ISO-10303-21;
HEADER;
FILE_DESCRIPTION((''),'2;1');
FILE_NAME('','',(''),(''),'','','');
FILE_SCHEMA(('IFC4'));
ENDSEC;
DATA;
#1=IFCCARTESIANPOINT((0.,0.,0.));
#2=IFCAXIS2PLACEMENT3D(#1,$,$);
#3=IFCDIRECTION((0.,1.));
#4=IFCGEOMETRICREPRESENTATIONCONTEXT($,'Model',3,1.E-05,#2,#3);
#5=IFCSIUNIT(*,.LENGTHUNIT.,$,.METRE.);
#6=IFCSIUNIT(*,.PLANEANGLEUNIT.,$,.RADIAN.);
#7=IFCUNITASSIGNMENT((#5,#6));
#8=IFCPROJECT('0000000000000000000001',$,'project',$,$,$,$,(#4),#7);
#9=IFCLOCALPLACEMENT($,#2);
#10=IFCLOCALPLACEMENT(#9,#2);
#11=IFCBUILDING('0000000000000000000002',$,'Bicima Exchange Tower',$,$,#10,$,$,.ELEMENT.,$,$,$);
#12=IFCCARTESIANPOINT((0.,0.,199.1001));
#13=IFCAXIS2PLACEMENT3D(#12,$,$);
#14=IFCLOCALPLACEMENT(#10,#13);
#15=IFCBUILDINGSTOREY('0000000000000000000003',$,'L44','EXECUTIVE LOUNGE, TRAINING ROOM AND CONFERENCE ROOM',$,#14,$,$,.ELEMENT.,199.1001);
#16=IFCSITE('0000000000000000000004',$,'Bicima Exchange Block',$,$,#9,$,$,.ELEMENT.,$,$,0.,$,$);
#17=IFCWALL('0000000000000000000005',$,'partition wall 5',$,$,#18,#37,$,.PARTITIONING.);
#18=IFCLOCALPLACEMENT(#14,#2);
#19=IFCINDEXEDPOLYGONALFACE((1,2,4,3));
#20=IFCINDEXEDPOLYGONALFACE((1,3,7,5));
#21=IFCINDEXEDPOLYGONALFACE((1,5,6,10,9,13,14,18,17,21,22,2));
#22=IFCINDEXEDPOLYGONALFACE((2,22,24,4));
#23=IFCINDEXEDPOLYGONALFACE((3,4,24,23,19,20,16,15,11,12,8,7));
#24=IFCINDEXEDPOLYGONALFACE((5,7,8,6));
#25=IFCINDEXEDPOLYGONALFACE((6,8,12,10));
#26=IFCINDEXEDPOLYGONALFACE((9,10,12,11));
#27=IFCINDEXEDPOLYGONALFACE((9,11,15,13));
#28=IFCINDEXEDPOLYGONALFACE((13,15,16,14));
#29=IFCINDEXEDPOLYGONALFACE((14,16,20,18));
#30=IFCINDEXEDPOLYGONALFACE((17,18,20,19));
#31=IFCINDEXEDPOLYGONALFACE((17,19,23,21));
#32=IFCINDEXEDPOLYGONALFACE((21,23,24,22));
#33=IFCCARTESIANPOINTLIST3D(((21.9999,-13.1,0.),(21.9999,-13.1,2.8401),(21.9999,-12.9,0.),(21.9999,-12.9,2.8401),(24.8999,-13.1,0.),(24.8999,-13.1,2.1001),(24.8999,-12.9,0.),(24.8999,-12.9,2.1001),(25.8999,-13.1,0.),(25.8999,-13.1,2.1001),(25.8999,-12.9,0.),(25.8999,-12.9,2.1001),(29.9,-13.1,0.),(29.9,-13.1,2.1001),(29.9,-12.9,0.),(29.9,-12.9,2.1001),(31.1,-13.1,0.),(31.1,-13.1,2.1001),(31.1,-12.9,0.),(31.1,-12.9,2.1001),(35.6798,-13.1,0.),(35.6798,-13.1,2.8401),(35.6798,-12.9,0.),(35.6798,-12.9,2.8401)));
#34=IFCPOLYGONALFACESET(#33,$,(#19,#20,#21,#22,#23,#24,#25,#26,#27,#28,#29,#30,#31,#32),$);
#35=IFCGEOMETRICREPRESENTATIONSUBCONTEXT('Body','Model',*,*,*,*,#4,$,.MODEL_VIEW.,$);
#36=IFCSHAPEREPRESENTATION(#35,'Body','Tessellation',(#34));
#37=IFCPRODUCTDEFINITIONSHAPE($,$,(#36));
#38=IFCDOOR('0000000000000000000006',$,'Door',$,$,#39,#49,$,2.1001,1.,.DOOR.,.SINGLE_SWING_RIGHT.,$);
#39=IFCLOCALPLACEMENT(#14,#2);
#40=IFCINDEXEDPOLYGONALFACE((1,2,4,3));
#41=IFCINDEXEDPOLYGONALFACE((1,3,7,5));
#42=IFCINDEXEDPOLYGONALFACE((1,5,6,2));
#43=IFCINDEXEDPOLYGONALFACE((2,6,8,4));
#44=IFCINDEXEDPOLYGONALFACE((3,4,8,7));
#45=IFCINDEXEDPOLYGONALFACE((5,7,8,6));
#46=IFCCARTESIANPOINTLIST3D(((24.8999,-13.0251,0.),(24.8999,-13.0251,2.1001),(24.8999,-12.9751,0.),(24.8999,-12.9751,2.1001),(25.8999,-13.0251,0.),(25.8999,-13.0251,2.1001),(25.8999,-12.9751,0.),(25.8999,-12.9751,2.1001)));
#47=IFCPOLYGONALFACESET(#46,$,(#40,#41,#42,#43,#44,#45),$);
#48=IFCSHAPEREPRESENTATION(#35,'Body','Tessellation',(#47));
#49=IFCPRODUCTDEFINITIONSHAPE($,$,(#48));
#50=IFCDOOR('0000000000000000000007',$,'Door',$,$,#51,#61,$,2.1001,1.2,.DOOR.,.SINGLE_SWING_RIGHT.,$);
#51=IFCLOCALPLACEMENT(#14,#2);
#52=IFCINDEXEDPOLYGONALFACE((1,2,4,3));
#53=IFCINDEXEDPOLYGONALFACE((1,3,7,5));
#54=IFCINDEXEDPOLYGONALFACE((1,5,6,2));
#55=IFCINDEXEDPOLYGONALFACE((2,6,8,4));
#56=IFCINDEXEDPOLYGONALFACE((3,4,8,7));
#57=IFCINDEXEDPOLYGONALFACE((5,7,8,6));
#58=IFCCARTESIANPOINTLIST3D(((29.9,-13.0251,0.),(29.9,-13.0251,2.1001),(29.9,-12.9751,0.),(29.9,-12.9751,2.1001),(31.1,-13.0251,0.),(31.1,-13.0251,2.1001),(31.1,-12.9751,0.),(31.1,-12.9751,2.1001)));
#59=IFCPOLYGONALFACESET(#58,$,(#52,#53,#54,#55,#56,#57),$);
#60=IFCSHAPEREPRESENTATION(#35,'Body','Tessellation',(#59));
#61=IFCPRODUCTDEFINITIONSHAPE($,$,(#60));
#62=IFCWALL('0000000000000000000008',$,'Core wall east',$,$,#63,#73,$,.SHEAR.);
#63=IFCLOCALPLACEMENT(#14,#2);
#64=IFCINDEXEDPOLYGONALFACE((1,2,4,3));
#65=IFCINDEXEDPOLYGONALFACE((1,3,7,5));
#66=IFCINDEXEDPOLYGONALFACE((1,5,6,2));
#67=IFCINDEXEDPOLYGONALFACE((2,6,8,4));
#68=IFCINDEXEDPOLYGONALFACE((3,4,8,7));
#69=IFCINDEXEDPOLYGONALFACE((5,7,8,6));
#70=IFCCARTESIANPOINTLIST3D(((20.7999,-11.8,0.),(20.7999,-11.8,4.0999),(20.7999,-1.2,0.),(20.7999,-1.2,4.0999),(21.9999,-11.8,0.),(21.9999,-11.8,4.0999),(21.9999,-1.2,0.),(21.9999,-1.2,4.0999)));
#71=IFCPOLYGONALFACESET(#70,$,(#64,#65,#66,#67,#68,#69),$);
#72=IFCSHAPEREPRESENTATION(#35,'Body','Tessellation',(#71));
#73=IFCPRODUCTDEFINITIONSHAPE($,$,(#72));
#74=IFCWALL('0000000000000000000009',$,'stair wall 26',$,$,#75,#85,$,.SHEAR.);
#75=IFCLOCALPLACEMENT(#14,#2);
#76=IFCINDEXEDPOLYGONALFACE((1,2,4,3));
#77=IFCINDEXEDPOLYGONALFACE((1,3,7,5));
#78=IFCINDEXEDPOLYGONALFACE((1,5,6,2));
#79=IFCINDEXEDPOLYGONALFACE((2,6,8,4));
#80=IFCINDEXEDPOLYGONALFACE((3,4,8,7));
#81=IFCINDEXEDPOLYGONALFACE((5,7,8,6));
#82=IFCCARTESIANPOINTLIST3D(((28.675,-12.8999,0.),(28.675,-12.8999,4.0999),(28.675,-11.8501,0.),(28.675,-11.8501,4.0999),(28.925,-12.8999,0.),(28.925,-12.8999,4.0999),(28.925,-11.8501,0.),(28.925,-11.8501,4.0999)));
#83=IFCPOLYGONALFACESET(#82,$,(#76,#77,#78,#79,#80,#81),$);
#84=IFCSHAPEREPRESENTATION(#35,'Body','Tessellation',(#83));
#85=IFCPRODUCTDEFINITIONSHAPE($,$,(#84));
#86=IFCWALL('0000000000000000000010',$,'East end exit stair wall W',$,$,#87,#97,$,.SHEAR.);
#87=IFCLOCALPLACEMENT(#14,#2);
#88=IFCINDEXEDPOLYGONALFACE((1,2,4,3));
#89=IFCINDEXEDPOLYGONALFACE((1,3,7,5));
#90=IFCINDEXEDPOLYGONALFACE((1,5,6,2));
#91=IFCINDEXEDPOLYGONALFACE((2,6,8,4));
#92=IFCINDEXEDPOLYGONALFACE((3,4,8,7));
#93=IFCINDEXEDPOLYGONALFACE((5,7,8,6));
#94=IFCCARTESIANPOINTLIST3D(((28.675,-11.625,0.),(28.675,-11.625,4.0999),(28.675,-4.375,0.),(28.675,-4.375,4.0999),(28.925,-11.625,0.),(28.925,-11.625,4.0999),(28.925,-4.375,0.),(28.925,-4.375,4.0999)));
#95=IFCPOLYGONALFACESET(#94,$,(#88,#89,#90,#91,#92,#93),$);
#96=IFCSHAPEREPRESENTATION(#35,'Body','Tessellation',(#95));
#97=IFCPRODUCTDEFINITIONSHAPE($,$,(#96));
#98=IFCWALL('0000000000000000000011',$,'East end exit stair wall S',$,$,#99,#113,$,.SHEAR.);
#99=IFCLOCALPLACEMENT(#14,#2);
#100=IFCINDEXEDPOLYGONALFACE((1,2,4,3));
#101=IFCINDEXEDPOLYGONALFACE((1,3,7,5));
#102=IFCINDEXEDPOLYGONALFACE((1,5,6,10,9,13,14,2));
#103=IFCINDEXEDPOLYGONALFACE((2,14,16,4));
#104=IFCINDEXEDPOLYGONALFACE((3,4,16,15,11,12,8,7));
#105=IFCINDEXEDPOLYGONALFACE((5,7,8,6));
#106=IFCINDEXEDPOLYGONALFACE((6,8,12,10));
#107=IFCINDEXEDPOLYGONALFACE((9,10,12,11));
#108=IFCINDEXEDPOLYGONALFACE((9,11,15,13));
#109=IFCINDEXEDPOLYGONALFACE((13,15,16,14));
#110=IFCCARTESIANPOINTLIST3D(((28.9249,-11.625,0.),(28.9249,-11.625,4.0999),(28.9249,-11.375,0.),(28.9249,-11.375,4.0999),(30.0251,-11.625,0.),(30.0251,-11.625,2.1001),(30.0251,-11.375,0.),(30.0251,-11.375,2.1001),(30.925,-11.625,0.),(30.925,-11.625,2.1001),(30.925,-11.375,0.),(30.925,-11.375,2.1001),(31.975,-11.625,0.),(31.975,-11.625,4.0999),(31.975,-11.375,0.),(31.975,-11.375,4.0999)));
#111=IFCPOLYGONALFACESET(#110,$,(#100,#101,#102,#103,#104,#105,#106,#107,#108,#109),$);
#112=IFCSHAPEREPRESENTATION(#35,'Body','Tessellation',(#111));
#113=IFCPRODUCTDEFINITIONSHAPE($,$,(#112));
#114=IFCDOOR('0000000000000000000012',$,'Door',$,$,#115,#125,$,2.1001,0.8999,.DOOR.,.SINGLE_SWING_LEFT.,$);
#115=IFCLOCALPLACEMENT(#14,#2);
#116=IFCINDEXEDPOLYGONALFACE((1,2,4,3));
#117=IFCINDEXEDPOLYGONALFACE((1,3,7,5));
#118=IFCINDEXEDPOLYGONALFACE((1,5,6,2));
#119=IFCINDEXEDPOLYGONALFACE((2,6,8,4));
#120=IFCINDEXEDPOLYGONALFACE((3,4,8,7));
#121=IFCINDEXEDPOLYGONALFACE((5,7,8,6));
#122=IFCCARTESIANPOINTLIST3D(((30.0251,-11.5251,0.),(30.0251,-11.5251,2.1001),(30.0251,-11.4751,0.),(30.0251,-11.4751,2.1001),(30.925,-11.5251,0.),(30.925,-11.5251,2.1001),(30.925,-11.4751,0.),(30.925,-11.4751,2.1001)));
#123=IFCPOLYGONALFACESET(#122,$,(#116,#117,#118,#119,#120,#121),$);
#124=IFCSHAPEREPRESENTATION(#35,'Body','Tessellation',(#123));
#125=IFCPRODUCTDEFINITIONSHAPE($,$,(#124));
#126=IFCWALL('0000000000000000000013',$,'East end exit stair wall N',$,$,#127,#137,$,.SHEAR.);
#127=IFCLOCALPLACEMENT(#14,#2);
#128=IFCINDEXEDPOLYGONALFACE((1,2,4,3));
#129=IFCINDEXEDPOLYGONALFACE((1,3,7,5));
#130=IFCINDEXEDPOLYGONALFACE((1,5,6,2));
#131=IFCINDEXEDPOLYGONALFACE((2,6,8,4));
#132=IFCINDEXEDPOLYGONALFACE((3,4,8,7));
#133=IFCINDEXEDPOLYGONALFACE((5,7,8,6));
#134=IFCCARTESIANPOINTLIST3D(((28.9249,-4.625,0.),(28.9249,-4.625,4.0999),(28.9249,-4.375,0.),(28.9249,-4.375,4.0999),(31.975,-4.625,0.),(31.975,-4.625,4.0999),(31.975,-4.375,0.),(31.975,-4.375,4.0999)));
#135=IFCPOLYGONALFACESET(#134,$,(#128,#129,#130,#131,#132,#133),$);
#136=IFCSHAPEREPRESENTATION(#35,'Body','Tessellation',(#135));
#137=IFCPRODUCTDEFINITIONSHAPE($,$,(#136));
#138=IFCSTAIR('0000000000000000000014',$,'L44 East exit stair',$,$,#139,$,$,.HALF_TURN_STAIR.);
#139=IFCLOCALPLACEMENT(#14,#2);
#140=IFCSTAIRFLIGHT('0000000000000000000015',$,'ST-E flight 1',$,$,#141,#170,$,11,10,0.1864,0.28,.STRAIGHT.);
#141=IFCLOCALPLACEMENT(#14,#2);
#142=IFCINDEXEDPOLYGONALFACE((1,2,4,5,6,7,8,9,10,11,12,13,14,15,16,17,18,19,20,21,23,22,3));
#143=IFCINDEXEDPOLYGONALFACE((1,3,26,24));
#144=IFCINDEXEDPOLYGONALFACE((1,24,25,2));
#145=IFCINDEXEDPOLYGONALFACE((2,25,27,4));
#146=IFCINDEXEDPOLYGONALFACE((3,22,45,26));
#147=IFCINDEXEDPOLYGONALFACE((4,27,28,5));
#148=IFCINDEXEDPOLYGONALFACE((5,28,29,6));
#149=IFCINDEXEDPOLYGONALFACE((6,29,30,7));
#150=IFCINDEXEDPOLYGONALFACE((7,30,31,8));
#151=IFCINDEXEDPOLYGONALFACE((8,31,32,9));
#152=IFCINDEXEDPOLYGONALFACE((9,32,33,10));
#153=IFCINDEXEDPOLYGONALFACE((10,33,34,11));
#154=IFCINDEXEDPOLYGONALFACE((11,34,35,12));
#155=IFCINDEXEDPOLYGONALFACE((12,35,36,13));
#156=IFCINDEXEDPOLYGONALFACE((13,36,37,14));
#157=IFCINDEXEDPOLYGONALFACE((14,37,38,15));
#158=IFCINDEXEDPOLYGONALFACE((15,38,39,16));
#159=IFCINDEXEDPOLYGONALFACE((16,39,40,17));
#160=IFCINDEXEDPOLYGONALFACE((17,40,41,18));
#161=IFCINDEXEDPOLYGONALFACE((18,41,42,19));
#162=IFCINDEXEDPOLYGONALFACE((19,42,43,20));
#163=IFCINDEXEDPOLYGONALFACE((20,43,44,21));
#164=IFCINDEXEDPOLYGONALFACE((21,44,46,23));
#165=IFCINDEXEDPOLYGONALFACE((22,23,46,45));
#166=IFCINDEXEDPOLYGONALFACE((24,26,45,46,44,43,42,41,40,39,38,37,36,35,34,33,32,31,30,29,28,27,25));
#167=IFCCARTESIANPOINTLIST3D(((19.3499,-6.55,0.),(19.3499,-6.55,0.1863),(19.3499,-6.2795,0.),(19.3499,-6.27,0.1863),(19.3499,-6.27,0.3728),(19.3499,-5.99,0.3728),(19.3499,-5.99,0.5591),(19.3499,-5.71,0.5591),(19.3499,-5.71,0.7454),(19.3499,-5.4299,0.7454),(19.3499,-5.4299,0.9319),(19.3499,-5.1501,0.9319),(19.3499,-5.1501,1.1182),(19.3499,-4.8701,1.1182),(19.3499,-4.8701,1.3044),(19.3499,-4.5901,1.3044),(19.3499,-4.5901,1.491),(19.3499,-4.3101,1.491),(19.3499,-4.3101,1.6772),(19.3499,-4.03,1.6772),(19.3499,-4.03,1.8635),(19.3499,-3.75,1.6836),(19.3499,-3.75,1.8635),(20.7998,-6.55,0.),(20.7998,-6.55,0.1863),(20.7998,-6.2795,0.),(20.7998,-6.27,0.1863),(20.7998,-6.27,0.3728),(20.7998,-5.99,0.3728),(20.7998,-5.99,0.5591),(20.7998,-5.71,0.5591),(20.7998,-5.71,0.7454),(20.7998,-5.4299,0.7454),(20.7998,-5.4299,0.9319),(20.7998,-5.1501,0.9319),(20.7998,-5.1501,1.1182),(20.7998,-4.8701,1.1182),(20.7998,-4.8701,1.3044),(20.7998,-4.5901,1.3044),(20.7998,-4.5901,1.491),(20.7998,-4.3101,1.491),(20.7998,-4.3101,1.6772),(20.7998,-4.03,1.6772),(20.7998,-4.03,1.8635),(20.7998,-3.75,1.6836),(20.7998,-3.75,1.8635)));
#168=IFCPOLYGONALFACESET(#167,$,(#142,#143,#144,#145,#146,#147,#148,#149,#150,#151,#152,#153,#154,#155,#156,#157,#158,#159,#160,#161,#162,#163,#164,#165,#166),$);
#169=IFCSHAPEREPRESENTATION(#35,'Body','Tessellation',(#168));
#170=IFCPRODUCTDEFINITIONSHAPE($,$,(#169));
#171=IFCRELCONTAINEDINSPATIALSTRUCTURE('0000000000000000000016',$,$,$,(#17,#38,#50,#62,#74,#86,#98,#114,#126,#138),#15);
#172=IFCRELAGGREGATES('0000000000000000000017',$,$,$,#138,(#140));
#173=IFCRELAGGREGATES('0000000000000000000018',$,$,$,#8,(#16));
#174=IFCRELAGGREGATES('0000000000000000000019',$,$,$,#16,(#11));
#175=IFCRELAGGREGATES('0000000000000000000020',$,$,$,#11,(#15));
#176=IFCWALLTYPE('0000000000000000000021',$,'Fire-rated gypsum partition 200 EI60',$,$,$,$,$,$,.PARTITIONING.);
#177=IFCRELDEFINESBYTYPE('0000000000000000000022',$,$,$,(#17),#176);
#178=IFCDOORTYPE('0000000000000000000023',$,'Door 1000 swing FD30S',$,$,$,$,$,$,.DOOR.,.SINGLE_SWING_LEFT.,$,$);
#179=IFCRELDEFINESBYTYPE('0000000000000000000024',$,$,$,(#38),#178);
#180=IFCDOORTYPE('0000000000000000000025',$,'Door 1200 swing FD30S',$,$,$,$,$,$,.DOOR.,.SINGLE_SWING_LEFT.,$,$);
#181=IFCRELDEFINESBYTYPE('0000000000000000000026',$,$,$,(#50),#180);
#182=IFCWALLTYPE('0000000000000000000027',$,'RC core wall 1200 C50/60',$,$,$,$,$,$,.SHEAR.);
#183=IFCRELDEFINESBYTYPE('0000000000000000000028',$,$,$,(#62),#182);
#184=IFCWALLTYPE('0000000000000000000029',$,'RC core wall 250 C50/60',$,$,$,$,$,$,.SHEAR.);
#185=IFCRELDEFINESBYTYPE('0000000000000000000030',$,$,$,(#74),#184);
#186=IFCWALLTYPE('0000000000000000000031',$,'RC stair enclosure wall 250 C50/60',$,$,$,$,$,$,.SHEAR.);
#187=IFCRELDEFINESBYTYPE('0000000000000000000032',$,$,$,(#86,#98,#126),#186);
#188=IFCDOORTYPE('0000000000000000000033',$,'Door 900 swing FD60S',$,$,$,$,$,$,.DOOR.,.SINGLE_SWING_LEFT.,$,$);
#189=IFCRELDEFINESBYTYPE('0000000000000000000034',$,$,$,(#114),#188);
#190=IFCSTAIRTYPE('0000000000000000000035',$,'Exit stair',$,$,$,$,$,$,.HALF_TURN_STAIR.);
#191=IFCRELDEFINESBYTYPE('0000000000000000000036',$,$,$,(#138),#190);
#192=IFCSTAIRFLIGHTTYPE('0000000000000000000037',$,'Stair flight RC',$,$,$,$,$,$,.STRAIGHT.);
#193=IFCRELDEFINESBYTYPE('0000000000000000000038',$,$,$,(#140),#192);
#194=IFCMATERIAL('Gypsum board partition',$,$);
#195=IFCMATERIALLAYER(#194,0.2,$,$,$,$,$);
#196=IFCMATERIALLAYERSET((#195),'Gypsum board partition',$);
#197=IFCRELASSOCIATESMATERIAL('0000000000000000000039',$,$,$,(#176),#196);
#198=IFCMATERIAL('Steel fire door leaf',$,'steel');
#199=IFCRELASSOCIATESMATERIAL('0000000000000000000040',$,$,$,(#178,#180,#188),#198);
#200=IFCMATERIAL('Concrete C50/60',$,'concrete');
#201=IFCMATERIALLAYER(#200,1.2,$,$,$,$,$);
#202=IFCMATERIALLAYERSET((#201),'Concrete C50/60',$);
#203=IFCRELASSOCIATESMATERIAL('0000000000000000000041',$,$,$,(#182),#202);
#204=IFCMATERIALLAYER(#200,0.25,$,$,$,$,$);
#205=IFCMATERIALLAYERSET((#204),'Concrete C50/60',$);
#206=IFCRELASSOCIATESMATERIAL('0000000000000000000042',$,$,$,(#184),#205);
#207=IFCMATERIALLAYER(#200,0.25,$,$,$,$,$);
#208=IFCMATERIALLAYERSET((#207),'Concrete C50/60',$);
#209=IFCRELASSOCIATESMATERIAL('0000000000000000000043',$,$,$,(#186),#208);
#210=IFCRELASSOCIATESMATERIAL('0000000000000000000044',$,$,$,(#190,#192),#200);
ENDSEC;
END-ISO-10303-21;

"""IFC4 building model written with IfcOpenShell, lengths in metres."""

from ifc_helpers import new_model, si_unit, direction, frame, frame_2d, origin, place, context, subcontext, project, spatial, polyline, rectangle, outline, extrude, material, layer, layer_set, type_object, element, fill, aggregate, save


model = new_model("IFC4")

# Units and contexts
model_context = context("Model", 3, precision=1e-05, world=origin(), true_north=direction((0.0, 1.0)))
body_context = subcontext(model_context, "Body", "Model", "MODEL_VIEW")
ifc_project = project(units=[si_unit("LENGTHUNIT", "METRE"), si_unit("PLANEANGLEUNIT", "RADIAN")], contexts=[model_context])

# Site, building, storey
site_placement = place(None, origin())
site = spatial("IfcSite", under=ifc_project, at=site_placement, Name="Bicima Exchange Block", CompositionType="ELEMENT", RefElevation=0.0)
building_placement = place(site_placement, origin())
building = spatial("IfcBuilding", under=site, at=building_placement, Name="Bicima Exchange Tower", CompositionType="ELEMENT")
storey_placement = place(building_placement, frame((0.0, 0.0, 199.1001)))
storey = spatial("IfcBuildingStorey", under=building, at=storey_placement, Name="L44", Description="EXECUTIVE LOUNGE, TRAINING ROOM AND CONFERENCE ROOM", CompositionType="ELEMENT", Elevation=199.1001)

# Wall, openings, doors
ifc_material_1 = material(Name="Gypsum board partition")
ifc_layer_1 = layer(ifc_material_1, 0.2)
ifc_layer_set_1 = layer_set([ifc_layer_1], Name="Gypsum board partition")
wall_type_1 = type_object("IfcWallType", Name="Fire-rated gypsum partition 200 EI60", PredefinedType="PARTITIONING", material=ifc_layer_set_1)
wall_1_placement = place(storey_placement, frame((22.0, -13.0, 0.0), z_axis=(0.0, 0.0, 1.0), x_axis=(1.0, 0.0, 0.0)))
wall_1 = element("IfcWall", 1, at=wall_1_placement, inside=storey, type_object=wall_type_1, Name="partition wall 5", PredefinedType="PARTITIONING", context=body_context, shape_type="SweptSolid", body=[
    extrude(rectangle(XDim=13.6799, YDim=0.2, at=frame_2d((6.8398, 0.0))), origin(), (0.0, 0.0, 1.0), 2.8401),
])
opening_1_placement = place(wall_1_placement, frame((7.8999, 0.0, 0.0)))
opening_1 = element("IfcOpeningElement", 2, at=opening_1_placement, cuts=wall_1, PredefinedType="OPENING", context=body_context, shape_type="SweptSolid", body=[
    extrude(rectangle(XDim=1.2, YDim=2.1001, at=frame_2d((0.6001, 1.05))), frame((0.0, 0.1118, 0.0), z_axis=(0.0, -1.0, 0.0), x_axis=(1.0, 0.0, 0.0)), (0.0, 0.0, 1.0), 0.2239),
])
opening_2_placement = place(wall_1_placement, frame((2.8999, 0.0, 0.0)))
opening_2 = element("IfcOpeningElement", 3, at=opening_2_placement, cuts=wall_1, PredefinedType="OPENING", context=body_context, shape_type="SweptSolid", body=[
    extrude(rectangle(XDim=1.0, YDim=2.1001, at=frame_2d((0.5, 1.05))), frame((0.0, 0.1118, 0.0), z_axis=(0.0, -1.0, 0.0), x_axis=(1.0, 0.0, 0.0)), (0.0, 0.0, 1.0), 0.2239),
])
ifc_material_2 = material(Name="Steel fire door leaf", Category="steel")
door_type_1 = type_object("IfcDoorType", Name="Door 1000 swing FD30S", OperationType="SINGLE_SWING_LEFT", PredefinedType="DOOR", material=ifc_material_2)
door_1_placement = place(opening_2_placement, origin())
door_1 = element("IfcDoor", 4, at=door_1_placement, inside=storey, type_object=door_type_1, Name="Door", OperationType="SINGLE_SWING_RIGHT", OverallHeight=2.1001, OverallWidth=1.0, PredefinedType="DOOR", context=body_context, shape_type="SweptSolid", body=[
    extrude(rectangle(XDim=1.0, YDim=2.1001, at=frame_2d((0.5, 1.05))), frame((0.0, 0.0249, 0.0), z_axis=(0.0, -1.0, 0.0), x_axis=(1.0, 0.0, 0.0)), (0.0, 0.0, 1.0), 0.05),
])
fill(opening_2, door_1)
door_type_2 = type_object("IfcDoorType", Name="Door 1200 swing FD30S", OperationType="SINGLE_SWING_LEFT", PredefinedType="DOOR", material=ifc_material_2)
door_2_placement = place(opening_1_placement, origin())
door_2 = element("IfcDoor", 5, at=door_2_placement, inside=storey, type_object=door_type_2, Name="Door", OperationType="SINGLE_SWING_RIGHT", OverallHeight=2.1001, OverallWidth=1.2, PredefinedType="DOOR", context=body_context, shape_type="SweptSolid", body=[
    extrude(rectangle(XDim=1.2, YDim=2.1001, at=frame_2d((0.6001, 1.05))), frame((0.0, 0.0249, 0.0), z_axis=(0.0, -1.0, 0.0), x_axis=(1.0, 0.0, 0.0)), (0.0, 0.0, 1.0), 0.05),
])
fill(opening_1, door_2)

# Walls
ifc_material_3 = material(Name="Concrete C50/60", Category="concrete")
ifc_layer_2 = layer(ifc_material_3, 1.2)
ifc_layer_set_2 = layer_set([ifc_layer_2], Name="Concrete C50/60")
wall_type_2 = type_object("IfcWallType", Name="RC core wall 1200 C50/60", PredefinedType="SHEAR", material=ifc_layer_set_2)
wall_2_placement = place(storey_placement, frame((21.3999, -11.8, 0.0), z_axis=(0.0, 0.0, 1.0), x_axis=(0.0, 1.0, 0.0)))
element("IfcWall", 6, at=wall_2_placement, inside=storey, type_object=wall_type_2, Name="Core wall east", PredefinedType="SHEAR", context=body_context, shape_type="SweptSolid", body=[
    extrude(rectangle(XDim=10.6001, YDim=1.2, at=frame_2d((5.3, 0.0))), origin(), (0.0, 0.0, 1.0), 4.0999),
])
ifc_layer_3 = layer(ifc_material_3, 0.25)
ifc_layer_set_3 = layer_set([ifc_layer_3], Name="Concrete C50/60")
wall_type_3 = type_object("IfcWallType", Name="RC core wall 250 C50/60", PredefinedType="SHEAR", material=ifc_layer_set_3)
wall_3_placement = place(storey_placement, frame((28.8, -12.8999, 0.0), z_axis=(0.0, 0.0, 1.0), x_axis=(0.0, 1.0, 0.0)))
element("IfcWall", 7, at=wall_3_placement, inside=storey, type_object=wall_type_3, Name="stair wall 26", PredefinedType="SHEAR", context=body_context, shape_type="SweptSolid", body=[
    extrude(rectangle(XDim=1.0498, YDim=0.25, at=frame_2d((0.5249, 0.0))), origin(), (0.0, 0.0, 1.0), 4.0999),
])
ifc_layer_4 = layer(ifc_material_3, 0.25)
ifc_layer_set_4 = layer_set([ifc_layer_4], Name="Concrete C50/60")
wall_type_4 = type_object("IfcWallType", Name="RC stair enclosure wall 250 C50/60", PredefinedType="SHEAR", material=ifc_layer_set_4)
wall_4_placement = place(storey_placement, frame((28.8, -11.625, 0.0), z_axis=(0.0, 0.0, 1.0), x_axis=(0.0, 1.0, 0.0)))
element("IfcWall", 8, at=wall_4_placement, inside=storey, type_object=wall_type_4, Name="East end exit stair wall W", PredefinedType="SHEAR", context=body_context, shape_type="SweptSolid", body=[
    extrude(rectangle(XDim=7.25, YDim=0.25, at=frame_2d((3.625, 0.0))), origin(), (0.0, 0.0, 1.0), 4.0999),
])

# Wall, opening, door
wall_5_placement = place(storey_placement, frame((28.925, -11.5, 0.0), z_axis=(0.0, 0.0, 1.0), x_axis=(1.0, 0.0, 0.0)))
wall_5 = element("IfcWall", 9, at=wall_5_placement, inside=storey, type_object=wall_type_4, Name="East end exit stair wall S", PredefinedType="SHEAR", context=body_context, shape_type="SweptSolid", body=[
    extrude(rectangle(XDim=3.05, YDim=0.25, at=frame_2d((1.5249, 0.0))), origin(), (0.0, 0.0, 1.0), 4.0999),
])
opening_3_placement = place(wall_5_placement, frame((1.1001, 0.0, 0.0)))
opening_3 = element("IfcOpeningElement", 10, at=opening_3_placement, cuts=wall_5, PredefinedType="OPENING", context=body_context, shape_type="SweptSolid", body=[
    extrude(rectangle(XDim=0.8999, YDim=2.1001, at=frame_2d((0.45, 1.05))), frame((0.0, 0.137, 0.0), z_axis=(0.0, -1.0, 0.0), x_axis=(1.0, 0.0, 0.0)), (0.0, 0.0, 1.0), 0.2739),
])
door_type_3 = type_object("IfcDoorType", Name="Door 900 swing FD60S", OperationType="SINGLE_SWING_LEFT", PredefinedType="DOOR", material=ifc_material_2)
door_3_placement = place(opening_3_placement, origin())
door_3 = element("IfcDoor", 11, at=door_3_placement, inside=storey, type_object=door_type_3, Name="Door", OperationType="SINGLE_SWING_LEFT", OverallHeight=2.1001, OverallWidth=0.8999, PredefinedType="DOOR", context=body_context, shape_type="SweptSolid", body=[
    extrude(rectangle(XDim=0.8999, YDim=2.1001, at=frame_2d((0.45, 1.05))), frame((0.0, 0.0249, 0.0), z_axis=(0.0, -1.0, 0.0), x_axis=(1.0, 0.0, 0.0)), (0.0, 0.0, 1.0), 0.05),
])
fill(opening_3, door_3)

# Wall
wall_6_placement = place(storey_placement, frame((28.925, -4.5, 0.0), z_axis=(0.0, 0.0, 1.0), x_axis=(1.0, 0.0, 0.0)))
element("IfcWall", 12, at=wall_6_placement, inside=storey, type_object=wall_type_4, Name="East end exit stair wall N", PredefinedType="SHEAR", context=body_context, shape_type="SweptSolid", body=[
    extrude(rectangle(XDim=3.05, YDim=0.25, at=frame_2d((1.5249, 0.0))), origin(), (0.0, 0.0, 1.0), 4.0999),
])

# Stair, stair flight
stair_type = type_object("IfcStairType", Name="Exit stair", PredefinedType="HALF_TURN_STAIR", material=ifc_material_3)
stair_placement = place(storey_placement, origin())
stair = element("IfcStair", 13, at=stair_placement, inside=storey, type_object=stair_type, Name="L44 East exit stair", PredefinedType="HALF_TURN_STAIR")
stair_flight_type = type_object("IfcStairFlightType", Name="Stair flight RC", PredefinedType="STRAIGHT", material=ifc_material_3)
stair_flight_placement = place(storey_placement, frame((20.075, -6.55, 0.0), z_axis=(0.0, 0.0, 1.0), x_axis=(0.0, 1.0, 0.0)))
stair_flight = element("IfcStairFlight", 14, at=stair_flight_placement, type_object=stair_flight_type, Name="ST-E flight 1", NumberOfRisers=11, NumberOfTreads=10, PredefinedType="STRAIGHT", RiserHeight=0.1864, TreadLength=0.28, context=body_context, shape_type="SweptSolid", body=[
    extrude(outline(polyline([(0.0, 0.0), (0.0, 0.1863), (0.28, 0.1863), (0.28, 0.3728), (0.5601, 0.3728), (0.5601, 0.5591), (0.8401, 0.5591), (0.8401, 0.7454), (1.1201, 0.7454), (1.1201, 0.9319), (1.3999, 0.9319), (1.3999, 1.1182), (1.6799, 1.1182), (1.6799, 1.3044), (1.96, 1.3044), (1.96, 1.491), (2.24, 1.491), (2.24, 1.6772), (2.52, 1.6772), (2.52, 1.8635), (2.8, 1.8635), (2.8, 2.05), (2.8, 1.6836), (0.2705, 0.0), (0.0, 0.0)])), frame((0.0, 0.7251, 0.0), z_axis=(0.0, -1.0, 0.0), x_axis=(1.0, 0.0, 0.0)), (0.0, 0.0, 1.0), 1.45),
])
aggregate(stair, [stair_flight])

save(model, "model.ifc")
